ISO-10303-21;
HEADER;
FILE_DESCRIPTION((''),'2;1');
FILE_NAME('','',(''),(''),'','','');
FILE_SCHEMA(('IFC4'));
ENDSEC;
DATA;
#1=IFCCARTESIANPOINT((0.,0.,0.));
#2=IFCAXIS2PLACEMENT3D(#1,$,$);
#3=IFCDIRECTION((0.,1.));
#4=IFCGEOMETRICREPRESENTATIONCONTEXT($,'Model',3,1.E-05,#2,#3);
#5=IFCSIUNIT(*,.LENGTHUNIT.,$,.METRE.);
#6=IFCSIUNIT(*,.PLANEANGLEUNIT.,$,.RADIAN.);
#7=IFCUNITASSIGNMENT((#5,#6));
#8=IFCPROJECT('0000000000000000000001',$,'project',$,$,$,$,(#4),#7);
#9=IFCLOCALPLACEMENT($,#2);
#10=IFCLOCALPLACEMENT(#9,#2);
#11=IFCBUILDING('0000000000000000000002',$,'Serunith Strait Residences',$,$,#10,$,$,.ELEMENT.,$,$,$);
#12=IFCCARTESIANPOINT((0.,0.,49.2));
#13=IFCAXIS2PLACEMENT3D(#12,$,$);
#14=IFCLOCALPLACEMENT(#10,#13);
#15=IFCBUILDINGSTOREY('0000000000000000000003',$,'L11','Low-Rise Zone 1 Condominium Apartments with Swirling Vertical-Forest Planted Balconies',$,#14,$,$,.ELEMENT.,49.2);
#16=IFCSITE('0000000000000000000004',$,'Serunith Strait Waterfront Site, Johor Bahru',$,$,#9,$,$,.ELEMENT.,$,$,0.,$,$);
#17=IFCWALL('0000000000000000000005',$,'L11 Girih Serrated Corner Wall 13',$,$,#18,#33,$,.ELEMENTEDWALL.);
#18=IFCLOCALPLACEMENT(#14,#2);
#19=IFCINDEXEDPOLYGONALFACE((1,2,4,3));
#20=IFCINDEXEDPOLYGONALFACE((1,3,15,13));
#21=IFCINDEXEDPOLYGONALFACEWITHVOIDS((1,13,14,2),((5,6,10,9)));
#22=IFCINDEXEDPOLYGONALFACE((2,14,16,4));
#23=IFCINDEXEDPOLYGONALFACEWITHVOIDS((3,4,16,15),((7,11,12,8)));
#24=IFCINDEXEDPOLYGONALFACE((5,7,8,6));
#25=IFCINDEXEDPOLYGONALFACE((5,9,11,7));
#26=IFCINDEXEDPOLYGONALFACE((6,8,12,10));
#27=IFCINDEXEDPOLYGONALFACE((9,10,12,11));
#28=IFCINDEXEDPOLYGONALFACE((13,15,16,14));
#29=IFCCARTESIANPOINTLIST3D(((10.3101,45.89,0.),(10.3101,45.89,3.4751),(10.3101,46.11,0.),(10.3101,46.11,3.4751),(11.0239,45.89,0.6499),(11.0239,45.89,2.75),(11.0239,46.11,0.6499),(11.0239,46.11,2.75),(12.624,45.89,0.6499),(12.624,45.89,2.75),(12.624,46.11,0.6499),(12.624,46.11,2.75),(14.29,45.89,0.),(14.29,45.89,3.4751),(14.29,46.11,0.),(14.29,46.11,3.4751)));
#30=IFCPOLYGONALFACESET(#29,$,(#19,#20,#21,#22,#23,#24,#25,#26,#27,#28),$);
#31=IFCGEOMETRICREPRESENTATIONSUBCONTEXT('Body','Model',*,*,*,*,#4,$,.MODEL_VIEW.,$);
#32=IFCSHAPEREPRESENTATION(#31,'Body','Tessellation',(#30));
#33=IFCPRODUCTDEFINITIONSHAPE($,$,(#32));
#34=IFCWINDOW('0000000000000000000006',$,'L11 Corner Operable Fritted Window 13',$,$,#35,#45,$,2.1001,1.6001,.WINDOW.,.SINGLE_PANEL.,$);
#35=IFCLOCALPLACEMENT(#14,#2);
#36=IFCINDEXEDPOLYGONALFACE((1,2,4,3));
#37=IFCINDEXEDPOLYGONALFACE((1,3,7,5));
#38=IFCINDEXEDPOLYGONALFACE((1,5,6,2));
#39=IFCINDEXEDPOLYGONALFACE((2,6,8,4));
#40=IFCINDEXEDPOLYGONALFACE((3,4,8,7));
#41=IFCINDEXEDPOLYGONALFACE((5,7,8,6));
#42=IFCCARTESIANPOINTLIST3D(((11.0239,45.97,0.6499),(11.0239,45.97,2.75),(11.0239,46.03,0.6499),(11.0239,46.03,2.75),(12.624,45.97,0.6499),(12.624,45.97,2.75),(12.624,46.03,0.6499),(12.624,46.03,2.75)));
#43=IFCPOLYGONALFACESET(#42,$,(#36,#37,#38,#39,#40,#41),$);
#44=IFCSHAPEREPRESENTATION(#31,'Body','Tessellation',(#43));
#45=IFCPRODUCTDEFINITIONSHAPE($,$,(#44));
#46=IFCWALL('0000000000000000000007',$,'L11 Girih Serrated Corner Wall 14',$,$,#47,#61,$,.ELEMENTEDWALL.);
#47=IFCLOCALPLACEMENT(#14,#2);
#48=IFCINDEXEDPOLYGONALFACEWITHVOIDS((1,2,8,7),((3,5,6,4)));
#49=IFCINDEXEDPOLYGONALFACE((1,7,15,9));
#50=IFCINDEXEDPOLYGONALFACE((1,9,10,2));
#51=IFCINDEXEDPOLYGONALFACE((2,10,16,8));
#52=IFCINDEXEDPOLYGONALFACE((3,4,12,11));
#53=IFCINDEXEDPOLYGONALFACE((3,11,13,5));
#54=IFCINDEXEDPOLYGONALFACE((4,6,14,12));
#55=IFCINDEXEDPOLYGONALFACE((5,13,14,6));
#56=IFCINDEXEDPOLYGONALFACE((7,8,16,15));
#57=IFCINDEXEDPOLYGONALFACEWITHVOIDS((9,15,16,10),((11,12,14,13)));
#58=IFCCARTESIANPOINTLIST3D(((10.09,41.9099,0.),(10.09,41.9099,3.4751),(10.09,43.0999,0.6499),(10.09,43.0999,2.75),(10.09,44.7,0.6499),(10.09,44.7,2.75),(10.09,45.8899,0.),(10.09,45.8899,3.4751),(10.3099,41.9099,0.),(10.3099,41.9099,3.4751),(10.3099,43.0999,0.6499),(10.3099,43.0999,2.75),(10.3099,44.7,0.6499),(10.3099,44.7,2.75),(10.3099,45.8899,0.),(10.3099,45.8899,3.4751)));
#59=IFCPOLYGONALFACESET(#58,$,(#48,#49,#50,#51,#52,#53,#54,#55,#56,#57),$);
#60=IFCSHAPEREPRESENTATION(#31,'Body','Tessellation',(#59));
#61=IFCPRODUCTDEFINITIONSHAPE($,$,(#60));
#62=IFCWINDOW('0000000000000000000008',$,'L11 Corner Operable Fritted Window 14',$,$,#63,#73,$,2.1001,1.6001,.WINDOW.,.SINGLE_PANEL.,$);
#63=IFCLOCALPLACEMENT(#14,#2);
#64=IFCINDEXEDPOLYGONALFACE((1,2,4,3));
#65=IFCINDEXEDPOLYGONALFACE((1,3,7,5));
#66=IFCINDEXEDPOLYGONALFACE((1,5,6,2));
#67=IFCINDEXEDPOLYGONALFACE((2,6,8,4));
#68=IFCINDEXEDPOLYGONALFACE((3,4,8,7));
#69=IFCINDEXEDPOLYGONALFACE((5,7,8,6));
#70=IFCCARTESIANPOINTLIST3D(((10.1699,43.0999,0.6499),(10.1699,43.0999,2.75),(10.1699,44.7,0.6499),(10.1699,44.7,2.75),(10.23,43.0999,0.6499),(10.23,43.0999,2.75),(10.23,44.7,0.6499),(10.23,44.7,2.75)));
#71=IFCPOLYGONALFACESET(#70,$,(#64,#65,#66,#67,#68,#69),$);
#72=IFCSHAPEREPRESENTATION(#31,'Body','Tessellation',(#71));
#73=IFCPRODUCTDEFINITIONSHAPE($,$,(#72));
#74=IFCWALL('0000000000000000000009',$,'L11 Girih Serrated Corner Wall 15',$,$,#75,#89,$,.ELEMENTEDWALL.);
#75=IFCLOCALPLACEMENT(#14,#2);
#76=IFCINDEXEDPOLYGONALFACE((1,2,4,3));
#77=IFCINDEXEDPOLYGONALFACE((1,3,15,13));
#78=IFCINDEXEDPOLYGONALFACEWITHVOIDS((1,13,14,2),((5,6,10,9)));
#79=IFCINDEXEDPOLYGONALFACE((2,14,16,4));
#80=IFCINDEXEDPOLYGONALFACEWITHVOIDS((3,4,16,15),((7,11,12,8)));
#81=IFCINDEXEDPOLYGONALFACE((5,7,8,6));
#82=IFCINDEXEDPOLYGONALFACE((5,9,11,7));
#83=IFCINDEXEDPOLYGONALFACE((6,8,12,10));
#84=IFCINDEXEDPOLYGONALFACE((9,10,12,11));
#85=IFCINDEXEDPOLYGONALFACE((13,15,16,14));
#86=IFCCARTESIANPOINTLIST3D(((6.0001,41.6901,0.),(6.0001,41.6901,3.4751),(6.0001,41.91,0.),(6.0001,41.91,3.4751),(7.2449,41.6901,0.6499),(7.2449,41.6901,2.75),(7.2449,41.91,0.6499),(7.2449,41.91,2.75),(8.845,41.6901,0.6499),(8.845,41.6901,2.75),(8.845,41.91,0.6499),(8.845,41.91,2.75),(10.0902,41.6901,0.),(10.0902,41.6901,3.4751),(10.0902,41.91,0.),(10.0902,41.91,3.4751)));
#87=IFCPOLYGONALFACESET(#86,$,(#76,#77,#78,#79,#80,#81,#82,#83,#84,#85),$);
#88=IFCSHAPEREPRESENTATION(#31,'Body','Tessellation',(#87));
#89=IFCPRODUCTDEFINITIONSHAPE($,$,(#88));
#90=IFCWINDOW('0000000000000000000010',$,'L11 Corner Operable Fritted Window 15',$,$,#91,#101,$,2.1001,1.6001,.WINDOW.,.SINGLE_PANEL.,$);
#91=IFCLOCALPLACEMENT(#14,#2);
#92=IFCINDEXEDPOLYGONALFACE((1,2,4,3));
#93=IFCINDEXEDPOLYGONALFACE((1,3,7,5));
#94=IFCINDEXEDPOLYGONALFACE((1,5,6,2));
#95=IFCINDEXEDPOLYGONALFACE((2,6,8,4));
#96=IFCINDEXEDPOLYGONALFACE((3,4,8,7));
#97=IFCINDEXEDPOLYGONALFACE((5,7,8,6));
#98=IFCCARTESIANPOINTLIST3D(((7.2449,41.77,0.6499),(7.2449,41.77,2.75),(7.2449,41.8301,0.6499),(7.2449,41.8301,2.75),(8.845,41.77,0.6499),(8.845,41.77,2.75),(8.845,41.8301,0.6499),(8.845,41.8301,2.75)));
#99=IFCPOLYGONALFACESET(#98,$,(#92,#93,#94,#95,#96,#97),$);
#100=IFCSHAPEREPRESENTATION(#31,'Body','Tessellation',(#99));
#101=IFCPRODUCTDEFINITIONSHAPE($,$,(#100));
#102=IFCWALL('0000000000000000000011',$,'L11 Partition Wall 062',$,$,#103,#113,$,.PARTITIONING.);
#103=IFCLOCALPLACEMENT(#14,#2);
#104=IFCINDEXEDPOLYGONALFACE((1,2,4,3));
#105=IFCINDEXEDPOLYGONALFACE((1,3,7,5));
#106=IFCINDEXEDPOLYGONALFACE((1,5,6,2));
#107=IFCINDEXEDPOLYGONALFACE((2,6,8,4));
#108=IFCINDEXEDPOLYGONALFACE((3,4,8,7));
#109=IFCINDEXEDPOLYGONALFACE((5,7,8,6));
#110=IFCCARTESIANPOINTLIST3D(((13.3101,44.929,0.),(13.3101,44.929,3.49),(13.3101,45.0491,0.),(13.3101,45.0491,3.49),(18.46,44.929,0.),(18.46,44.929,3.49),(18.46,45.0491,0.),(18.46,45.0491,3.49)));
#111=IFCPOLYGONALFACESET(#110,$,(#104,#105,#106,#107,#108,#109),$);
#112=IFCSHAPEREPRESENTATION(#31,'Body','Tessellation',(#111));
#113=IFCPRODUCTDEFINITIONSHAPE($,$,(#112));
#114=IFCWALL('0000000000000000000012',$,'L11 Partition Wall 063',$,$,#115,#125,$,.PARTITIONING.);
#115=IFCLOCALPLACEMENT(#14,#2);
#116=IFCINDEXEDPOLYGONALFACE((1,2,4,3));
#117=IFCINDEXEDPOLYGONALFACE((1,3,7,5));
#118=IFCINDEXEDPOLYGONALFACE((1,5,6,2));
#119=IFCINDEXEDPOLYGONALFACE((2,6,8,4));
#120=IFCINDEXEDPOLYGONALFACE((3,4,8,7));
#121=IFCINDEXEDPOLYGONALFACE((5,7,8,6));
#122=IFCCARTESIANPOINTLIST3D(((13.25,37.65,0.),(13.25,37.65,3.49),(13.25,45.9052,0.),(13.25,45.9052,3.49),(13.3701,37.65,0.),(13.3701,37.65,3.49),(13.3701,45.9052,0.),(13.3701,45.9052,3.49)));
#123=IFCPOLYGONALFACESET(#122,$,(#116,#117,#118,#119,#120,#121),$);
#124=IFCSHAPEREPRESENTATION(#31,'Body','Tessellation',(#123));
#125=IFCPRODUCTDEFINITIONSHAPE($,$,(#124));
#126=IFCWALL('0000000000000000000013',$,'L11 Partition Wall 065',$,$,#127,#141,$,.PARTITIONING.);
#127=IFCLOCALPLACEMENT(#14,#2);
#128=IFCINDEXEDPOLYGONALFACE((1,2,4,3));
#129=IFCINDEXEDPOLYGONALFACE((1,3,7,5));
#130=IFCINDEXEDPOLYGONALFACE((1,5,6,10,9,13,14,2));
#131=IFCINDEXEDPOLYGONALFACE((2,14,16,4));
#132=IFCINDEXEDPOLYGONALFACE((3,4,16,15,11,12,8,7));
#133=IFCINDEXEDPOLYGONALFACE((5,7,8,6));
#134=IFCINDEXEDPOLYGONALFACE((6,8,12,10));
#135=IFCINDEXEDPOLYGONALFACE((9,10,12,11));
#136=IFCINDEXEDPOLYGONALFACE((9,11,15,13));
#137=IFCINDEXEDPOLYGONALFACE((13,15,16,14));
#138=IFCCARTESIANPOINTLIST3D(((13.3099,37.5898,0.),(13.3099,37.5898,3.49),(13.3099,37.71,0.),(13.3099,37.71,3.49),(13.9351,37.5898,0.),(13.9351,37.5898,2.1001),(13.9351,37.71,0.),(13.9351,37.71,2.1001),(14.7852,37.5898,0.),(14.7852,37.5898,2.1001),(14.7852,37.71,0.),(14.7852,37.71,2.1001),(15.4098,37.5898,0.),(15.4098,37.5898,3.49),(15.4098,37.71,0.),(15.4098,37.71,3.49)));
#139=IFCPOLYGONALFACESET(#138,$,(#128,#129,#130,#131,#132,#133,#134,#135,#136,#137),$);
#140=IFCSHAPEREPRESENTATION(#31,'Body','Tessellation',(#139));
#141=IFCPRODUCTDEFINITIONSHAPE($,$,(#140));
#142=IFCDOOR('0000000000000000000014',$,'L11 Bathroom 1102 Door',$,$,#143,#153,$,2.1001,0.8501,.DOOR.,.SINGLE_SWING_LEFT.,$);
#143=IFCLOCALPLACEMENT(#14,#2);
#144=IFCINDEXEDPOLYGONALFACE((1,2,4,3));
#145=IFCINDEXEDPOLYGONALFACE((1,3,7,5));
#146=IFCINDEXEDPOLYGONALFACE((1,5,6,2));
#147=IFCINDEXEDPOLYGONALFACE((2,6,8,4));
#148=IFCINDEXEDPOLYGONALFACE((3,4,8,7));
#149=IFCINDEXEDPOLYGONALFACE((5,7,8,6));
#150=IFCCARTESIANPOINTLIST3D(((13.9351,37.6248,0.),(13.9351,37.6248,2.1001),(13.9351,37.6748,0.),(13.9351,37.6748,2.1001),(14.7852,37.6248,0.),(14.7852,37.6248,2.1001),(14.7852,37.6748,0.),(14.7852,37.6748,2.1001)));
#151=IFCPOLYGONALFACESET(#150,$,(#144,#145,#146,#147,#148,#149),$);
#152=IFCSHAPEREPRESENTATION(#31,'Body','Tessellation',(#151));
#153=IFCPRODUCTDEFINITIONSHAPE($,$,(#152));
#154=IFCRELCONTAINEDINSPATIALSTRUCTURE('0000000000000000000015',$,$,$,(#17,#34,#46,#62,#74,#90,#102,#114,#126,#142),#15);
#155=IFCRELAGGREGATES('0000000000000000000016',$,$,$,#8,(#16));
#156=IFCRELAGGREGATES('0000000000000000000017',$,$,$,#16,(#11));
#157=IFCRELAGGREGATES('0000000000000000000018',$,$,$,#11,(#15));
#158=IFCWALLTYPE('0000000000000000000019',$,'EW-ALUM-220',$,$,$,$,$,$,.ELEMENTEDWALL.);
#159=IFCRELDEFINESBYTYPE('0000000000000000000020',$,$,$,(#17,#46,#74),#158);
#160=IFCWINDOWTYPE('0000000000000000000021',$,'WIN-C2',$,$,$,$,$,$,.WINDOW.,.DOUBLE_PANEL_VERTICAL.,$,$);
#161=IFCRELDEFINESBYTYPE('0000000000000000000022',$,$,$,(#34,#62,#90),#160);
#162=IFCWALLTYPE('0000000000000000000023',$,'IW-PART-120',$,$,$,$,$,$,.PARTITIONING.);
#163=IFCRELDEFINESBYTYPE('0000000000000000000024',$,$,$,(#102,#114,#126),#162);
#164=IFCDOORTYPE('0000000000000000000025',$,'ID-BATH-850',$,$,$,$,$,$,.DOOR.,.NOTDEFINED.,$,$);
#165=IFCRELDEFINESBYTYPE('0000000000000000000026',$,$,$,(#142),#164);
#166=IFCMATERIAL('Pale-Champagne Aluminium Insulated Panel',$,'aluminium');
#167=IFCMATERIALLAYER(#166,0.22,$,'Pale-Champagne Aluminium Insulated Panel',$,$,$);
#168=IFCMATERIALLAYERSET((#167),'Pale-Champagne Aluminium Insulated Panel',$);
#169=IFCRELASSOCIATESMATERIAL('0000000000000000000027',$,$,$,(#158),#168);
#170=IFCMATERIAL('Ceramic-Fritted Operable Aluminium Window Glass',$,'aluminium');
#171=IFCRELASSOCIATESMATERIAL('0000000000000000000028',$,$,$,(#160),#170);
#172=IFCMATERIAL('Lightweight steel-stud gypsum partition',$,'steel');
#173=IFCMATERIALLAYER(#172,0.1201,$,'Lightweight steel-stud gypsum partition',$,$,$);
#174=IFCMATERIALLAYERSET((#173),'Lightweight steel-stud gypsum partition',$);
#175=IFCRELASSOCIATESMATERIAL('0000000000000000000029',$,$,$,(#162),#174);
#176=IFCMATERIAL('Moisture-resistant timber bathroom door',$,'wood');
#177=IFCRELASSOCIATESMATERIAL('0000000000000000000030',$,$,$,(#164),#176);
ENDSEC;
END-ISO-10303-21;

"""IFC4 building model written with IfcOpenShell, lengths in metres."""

from ifc_helpers import new_model, si_unit, direction, frame, frame_2d, origin, place, context, subcontext, project, spatial, rectangle, extrude, source, transform, mapped, material, layer, layer_set, type_object, element, fill, save


model = new_model("IFC4")

# Units and contexts
model_context = context("Model", 3, precision=1e-05, world=origin(), true_north=direction((0.0, 1.0)))
body_context = subcontext(model_context, "Body", "Model", "MODEL_VIEW")
ifc_project = project(units=[si_unit("LENGTHUNIT", "METRE"), si_unit("PLANEANGLEUNIT", "RADIAN")], contexts=[model_context])

# Site, building, storey
site_placement = place(None, origin())
site = spatial("IfcSite", under=ifc_project, at=site_placement, Name="Serunith Strait Waterfront Site, Johor Bahru", CompositionType="ELEMENT", RefElevation=0.0)
building_placement = place(site_placement, origin())
building = spatial("IfcBuilding", under=site, at=building_placement, Name="Serunith Strait Residences", CompositionType="ELEMENT")
storey_placement = place(building_placement, frame((0.0, 0.0, 49.2)))
storey = spatial("IfcBuildingStorey", under=building, at=storey_placement, Name="L11", Description="Low-Rise Zone 1 Condominium Apartments with Swirling Vertical-Forest Planted Balconies", CompositionType="ELEMENT", Elevation=49.2)

# Walls, openings, windows
ifc_material_1 = material(Name="Pale-Champagne Aluminium Insulated Panel", Category="aluminium")
ifc_layer_1 = layer(ifc_material_1, 0.22, Name="Pale-Champagne Aluminium Insulated Panel")
ifc_layer_set_1 = layer_set([ifc_layer_1], Name="Pale-Champagne Aluminium Insulated Panel")
wall_type_1 = type_object("IfcWallType", Name="EW-ALUM-220", PredefinedType="ELEMENTEDWALL", material=ifc_layer_set_1)
ifc_material_2 = material(Name="Ceramic-Fritted Operable Aluminium Window Glass", Category="aluminium")
window_type = type_object("IfcWindowType", Name="WIN-C2", PartitioningType="DOUBLE_PANEL_VERTICAL", PredefinedType="WINDOW", material=ifc_material_2)
shared_shape_1 = source(origin(), body_context, "Body", "SweptSolid", [
    extrude(rectangle(XDim=1.6001, YDim=2.1001, at=frame_2d((0.8, 1.05))), frame((0.0, 0.03, 0.0), z_axis=(0.0, -1.0, 0.0), x_axis=(1.0, 0.0, 0.0)), (0.0, 0.0, 1.0), 0.0601),
])
wall_1_placement = place(storey_placement, frame((14.29, 46.0, 0.0), z_axis=(0.0, 0.0, 1.0), x_axis=(-1.0, 0.0, 0.0)))
wall_1 = element("IfcWall", 1, at=wall_1_placement, inside=storey, type_object=wall_type_1, Name="L11 Girih Serrated Corner Wall 13", PredefinedType="ELEMENTEDWALL", context=body_context, shape_type="SweptSolid", body=[
    extrude(rectangle(XDim=3.98, YDim=0.22, at=frame_2d((1.99, 0.0))), origin(), (0.0, 0.0, 1.0), 3.4751),
])
opening_1_placement = place(wall_1_placement, frame((1.666, 0.0, 0.6499)))
opening_1 = element("IfcOpeningElement", 2, at=opening_1_placement, cuts=wall_1, PredefinedType="OPENING", context=body_context, shape_type="SweptSolid", body=[
    extrude(rectangle(XDim=1.6001, YDim=2.1001, at=frame_2d((0.8, 1.05))), frame((0.0, 0.1201, 0.0), z_axis=(0.0, -1.0, 0.0), x_axis=(1.0, 0.0, 0.0)), (0.0, 0.0, 1.0), 0.24),
])
window_1_placement = place(opening_1_placement, origin())
window_1 = element("IfcWindow", 3, at=window_1_placement, inside=storey, type_object=window_type, Name="L11 Corner Operable Fritted Window 13", OverallHeight=2.1001, OverallWidth=1.6001, PartitioningType="SINGLE_PANEL", PredefinedType="WINDOW", context=body_context, shape_type="MappedRepresentation", body=[
    mapped(shared_shape_1, transform((0.0, 0.0, 0.0), scale=1.0)),
])
fill(opening_1, window_1)
wall_2_placement = place(storey_placement, frame((10.2, 45.8899, 0.0), z_axis=(0.0, 0.0, 1.0), x_axis=(0.0, -1.0, 0.0)))
wall_2 = element("IfcWall", 4, at=wall_2_placement, inside=storey, type_object=wall_type_1, Name="L11 Girih Serrated Corner Wall 14", PredefinedType="ELEMENTEDWALL", context=body_context, shape_type="SweptSolid", body=[
    extrude(rectangle(XDim=3.98, YDim=0.22, at=frame_2d((1.99, 0.0))), origin(), (0.0, 0.0, 1.0), 3.4751),
])
opening_2_placement = place(wall_2_placement, frame((1.1899, 0.0, 0.6499)))
opening_2 = element("IfcOpeningElement", 5, at=opening_2_placement, cuts=wall_2, PredefinedType="OPENING", context=body_context, shape_type="SweptSolid", body=[
    extrude(rectangle(XDim=1.6001, YDim=2.1001, at=frame_2d((0.8, 1.05))), frame((0.0, 0.1201, 0.0), z_axis=(0.0, -1.0, 0.0), x_axis=(1.0, 0.0, 0.0)), (0.0, 0.0, 1.0), 0.24),
])
window_2_placement = place(opening_2_placement, origin())
window_2 = element("IfcWindow", 6, at=window_2_placement, inside=storey, type_object=window_type, Name="L11 Corner Operable Fritted Window 14", OverallHeight=2.1001, OverallWidth=1.6001, PartitioningType="SINGLE_PANEL", PredefinedType="WINDOW", context=body_context, shape_type="MappedRepresentation", body=[
    mapped(shared_shape_1, transform((0.0, 0.0, 0.0), scale=1.0)),
])
fill(opening_2, window_2)
wall_3_placement = place(storey_placement, frame((10.0901, 41.8, 0.0), z_axis=(0.0, 0.0, 1.0), x_axis=(-1.0, 0.0, 0.0)))
wall_3 = element("IfcWall", 7, at=wall_3_placement, inside=storey, type_object=wall_type_1, Name="L11 Girih Serrated Corner Wall 15", PredefinedType="ELEMENTEDWALL", context=body_context, shape_type="SweptSolid", body=[
    extrude(rectangle(XDim=4.0901, YDim=0.22, at=frame_2d((2.0449, 0.0))), origin(), (0.0, 0.0, 1.0), 3.4751),
])
opening_3_placement = place(wall_3_placement, frame((1.2451, 0.0, 0.6499)))
opening_3 = element("IfcOpeningElement", 8, at=opening_3_placement, cuts=wall_3, PredefinedType="OPENING", context=body_context, shape_type="SweptSolid", body=[
    extrude(rectangle(XDim=1.6001, YDim=2.1001, at=frame_2d((0.8, 1.05))), frame((0.0, 0.1201, 0.0), z_axis=(0.0, -1.0, 0.0), x_axis=(1.0, 0.0, 0.0)), (0.0, 0.0, 1.0), 0.24),
])
window_3_placement = place(opening_3_placement, origin())
window_3 = element("IfcWindow", 9, at=window_3_placement, inside=storey, type_object=window_type, Name="L11 Corner Operable Fritted Window 15", OverallHeight=2.1001, OverallWidth=1.6001, PartitioningType="SINGLE_PANEL", PredefinedType="WINDOW", context=body_context, shape_type="MappedRepresentation", body=[
    mapped(shared_shape_1, transform((0.0, 0.0, 0.0), scale=1.0)),
])
fill(opening_3, window_3)

# Walls
ifc_material_3 = material(Name="Lightweight steel-stud gypsum partition", Category="steel")
ifc_layer_2 = layer(ifc_material_3, 0.1201, Name="Lightweight steel-stud gypsum partition")
ifc_layer_set_2 = layer_set([ifc_layer_2], Name="Lightweight steel-stud gypsum partition")
wall_type_2 = type_object("IfcWallType", Name="IW-PART-120", PredefinedType="PARTITIONING", material=ifc_layer_set_2)
wall_4_placement = place(storey_placement, frame((13.3101, 44.989, 0.0), z_axis=(0.0, 0.0, 1.0), x_axis=(1.0, 0.0, 0.0)))
element("IfcWall", 10, at=wall_4_placement, inside=storey, type_object=wall_type_2, Name="L11 Partition Wall 062", PredefinedType="PARTITIONING", context=body_context, shape_type="SweptSolid", body=[
    extrude(rectangle(XDim=5.1499, YDim=0.1201, at=frame_2d((2.575, 0.0))), origin(), (0.0, 0.0, 1.0), 3.49),
])
wall_5_placement = place(storey_placement, frame((13.3101, 45.905, 0.0), z_axis=(0.0, 0.0, 1.0), x_axis=(0.0, -1.0, 0.0)))
element("IfcWall", 11, at=wall_5_placement, inside=storey, type_object=wall_type_2, Name="L11 Partition Wall 063", PredefinedType="PARTITIONING", context=body_context, shape_type="SweptSolid", body=[
    extrude(rectangle(XDim=8.2551, YDim=0.1201, at=frame_2d((4.1274, 0.0))), origin(), (0.0, 0.0, 1.0), 3.49),
])

# Wall, opening, door
wall_6_placement = place(storey_placement, frame((13.3101, 37.6499, 0.0), z_axis=(0.0, 0.0, 1.0), x_axis=(1.0, 0.0, 0.0)))
wall_6 = element("IfcWall", 12, at=wall_6_placement, inside=storey, type_object=wall_type_2, Name="L11 Partition Wall 065", PredefinedType="PARTITIONING", context=body_context, shape_type="SweptSolid", body=[
    extrude(rectangle(XDim=2.0999, YDim=0.1201, at=frame_2d((1.0498, 0.0))), origin(), (0.0, 0.0, 1.0), 3.49),
])
opening_4_placement = place(wall_6_placement, frame((0.625, 0.0, 0.0)))
opening_4 = element("IfcOpeningElement", 13, at=opening_4_placement, cuts=wall_6, PredefinedType="OPENING", context=body_context, shape_type="SweptSolid", body=[
    extrude(rectangle(XDim=0.8501, YDim=2.1001, at=frame_2d((0.425, 1.05))), frame((0.0, 0.0701, 0.0), z_axis=(0.0, -1.0, 0.0), x_axis=(1.0, 0.0, 0.0)), (0.0, 0.0, 1.0), 0.1401),
])
ifc_material_4 = material(Name="Moisture-resistant timber bathroom door", Category="wood")
door_type_1 = type_object("IfcDoorType", Name="ID-BATH-850", OperationType="NOTDEFINED", PredefinedType="DOOR", material=ifc_material_4)
shared_shape_2 = source(origin(), body_context, "Body", "SweptSolid", [
    extrude(rectangle(XDim=0.8501, YDim=2.1001, at=frame_2d((0.425, 1.05))), frame((0.0, 0.0249, 0.0), z_axis=(0.0, -1.0, 0.0), x_axis=(1.0, 0.0, 0.0)), (0.0, 0.0, 1.0), 0.05),
])
door_1_placement = place(opening_4_placement, origin())
door_1 = element("IfcDoor", 14, at=door_1_placement, inside=storey, type_object=door_type_1, Name="L11 Bathroom 1102 Door", OperationType="SINGLE_SWING_LEFT", OverallHeight=2.1001, OverallWidth=0.8501, PredefinedType="DOOR", context=body_context, shape_type="MappedRepresentation", body=[
    mapped(shared_shape_2, transform((0.0, 0.0, 0.0), scale=1.0)),
])
fill(opening_4, door_1)

save(model, "model.ifc")
